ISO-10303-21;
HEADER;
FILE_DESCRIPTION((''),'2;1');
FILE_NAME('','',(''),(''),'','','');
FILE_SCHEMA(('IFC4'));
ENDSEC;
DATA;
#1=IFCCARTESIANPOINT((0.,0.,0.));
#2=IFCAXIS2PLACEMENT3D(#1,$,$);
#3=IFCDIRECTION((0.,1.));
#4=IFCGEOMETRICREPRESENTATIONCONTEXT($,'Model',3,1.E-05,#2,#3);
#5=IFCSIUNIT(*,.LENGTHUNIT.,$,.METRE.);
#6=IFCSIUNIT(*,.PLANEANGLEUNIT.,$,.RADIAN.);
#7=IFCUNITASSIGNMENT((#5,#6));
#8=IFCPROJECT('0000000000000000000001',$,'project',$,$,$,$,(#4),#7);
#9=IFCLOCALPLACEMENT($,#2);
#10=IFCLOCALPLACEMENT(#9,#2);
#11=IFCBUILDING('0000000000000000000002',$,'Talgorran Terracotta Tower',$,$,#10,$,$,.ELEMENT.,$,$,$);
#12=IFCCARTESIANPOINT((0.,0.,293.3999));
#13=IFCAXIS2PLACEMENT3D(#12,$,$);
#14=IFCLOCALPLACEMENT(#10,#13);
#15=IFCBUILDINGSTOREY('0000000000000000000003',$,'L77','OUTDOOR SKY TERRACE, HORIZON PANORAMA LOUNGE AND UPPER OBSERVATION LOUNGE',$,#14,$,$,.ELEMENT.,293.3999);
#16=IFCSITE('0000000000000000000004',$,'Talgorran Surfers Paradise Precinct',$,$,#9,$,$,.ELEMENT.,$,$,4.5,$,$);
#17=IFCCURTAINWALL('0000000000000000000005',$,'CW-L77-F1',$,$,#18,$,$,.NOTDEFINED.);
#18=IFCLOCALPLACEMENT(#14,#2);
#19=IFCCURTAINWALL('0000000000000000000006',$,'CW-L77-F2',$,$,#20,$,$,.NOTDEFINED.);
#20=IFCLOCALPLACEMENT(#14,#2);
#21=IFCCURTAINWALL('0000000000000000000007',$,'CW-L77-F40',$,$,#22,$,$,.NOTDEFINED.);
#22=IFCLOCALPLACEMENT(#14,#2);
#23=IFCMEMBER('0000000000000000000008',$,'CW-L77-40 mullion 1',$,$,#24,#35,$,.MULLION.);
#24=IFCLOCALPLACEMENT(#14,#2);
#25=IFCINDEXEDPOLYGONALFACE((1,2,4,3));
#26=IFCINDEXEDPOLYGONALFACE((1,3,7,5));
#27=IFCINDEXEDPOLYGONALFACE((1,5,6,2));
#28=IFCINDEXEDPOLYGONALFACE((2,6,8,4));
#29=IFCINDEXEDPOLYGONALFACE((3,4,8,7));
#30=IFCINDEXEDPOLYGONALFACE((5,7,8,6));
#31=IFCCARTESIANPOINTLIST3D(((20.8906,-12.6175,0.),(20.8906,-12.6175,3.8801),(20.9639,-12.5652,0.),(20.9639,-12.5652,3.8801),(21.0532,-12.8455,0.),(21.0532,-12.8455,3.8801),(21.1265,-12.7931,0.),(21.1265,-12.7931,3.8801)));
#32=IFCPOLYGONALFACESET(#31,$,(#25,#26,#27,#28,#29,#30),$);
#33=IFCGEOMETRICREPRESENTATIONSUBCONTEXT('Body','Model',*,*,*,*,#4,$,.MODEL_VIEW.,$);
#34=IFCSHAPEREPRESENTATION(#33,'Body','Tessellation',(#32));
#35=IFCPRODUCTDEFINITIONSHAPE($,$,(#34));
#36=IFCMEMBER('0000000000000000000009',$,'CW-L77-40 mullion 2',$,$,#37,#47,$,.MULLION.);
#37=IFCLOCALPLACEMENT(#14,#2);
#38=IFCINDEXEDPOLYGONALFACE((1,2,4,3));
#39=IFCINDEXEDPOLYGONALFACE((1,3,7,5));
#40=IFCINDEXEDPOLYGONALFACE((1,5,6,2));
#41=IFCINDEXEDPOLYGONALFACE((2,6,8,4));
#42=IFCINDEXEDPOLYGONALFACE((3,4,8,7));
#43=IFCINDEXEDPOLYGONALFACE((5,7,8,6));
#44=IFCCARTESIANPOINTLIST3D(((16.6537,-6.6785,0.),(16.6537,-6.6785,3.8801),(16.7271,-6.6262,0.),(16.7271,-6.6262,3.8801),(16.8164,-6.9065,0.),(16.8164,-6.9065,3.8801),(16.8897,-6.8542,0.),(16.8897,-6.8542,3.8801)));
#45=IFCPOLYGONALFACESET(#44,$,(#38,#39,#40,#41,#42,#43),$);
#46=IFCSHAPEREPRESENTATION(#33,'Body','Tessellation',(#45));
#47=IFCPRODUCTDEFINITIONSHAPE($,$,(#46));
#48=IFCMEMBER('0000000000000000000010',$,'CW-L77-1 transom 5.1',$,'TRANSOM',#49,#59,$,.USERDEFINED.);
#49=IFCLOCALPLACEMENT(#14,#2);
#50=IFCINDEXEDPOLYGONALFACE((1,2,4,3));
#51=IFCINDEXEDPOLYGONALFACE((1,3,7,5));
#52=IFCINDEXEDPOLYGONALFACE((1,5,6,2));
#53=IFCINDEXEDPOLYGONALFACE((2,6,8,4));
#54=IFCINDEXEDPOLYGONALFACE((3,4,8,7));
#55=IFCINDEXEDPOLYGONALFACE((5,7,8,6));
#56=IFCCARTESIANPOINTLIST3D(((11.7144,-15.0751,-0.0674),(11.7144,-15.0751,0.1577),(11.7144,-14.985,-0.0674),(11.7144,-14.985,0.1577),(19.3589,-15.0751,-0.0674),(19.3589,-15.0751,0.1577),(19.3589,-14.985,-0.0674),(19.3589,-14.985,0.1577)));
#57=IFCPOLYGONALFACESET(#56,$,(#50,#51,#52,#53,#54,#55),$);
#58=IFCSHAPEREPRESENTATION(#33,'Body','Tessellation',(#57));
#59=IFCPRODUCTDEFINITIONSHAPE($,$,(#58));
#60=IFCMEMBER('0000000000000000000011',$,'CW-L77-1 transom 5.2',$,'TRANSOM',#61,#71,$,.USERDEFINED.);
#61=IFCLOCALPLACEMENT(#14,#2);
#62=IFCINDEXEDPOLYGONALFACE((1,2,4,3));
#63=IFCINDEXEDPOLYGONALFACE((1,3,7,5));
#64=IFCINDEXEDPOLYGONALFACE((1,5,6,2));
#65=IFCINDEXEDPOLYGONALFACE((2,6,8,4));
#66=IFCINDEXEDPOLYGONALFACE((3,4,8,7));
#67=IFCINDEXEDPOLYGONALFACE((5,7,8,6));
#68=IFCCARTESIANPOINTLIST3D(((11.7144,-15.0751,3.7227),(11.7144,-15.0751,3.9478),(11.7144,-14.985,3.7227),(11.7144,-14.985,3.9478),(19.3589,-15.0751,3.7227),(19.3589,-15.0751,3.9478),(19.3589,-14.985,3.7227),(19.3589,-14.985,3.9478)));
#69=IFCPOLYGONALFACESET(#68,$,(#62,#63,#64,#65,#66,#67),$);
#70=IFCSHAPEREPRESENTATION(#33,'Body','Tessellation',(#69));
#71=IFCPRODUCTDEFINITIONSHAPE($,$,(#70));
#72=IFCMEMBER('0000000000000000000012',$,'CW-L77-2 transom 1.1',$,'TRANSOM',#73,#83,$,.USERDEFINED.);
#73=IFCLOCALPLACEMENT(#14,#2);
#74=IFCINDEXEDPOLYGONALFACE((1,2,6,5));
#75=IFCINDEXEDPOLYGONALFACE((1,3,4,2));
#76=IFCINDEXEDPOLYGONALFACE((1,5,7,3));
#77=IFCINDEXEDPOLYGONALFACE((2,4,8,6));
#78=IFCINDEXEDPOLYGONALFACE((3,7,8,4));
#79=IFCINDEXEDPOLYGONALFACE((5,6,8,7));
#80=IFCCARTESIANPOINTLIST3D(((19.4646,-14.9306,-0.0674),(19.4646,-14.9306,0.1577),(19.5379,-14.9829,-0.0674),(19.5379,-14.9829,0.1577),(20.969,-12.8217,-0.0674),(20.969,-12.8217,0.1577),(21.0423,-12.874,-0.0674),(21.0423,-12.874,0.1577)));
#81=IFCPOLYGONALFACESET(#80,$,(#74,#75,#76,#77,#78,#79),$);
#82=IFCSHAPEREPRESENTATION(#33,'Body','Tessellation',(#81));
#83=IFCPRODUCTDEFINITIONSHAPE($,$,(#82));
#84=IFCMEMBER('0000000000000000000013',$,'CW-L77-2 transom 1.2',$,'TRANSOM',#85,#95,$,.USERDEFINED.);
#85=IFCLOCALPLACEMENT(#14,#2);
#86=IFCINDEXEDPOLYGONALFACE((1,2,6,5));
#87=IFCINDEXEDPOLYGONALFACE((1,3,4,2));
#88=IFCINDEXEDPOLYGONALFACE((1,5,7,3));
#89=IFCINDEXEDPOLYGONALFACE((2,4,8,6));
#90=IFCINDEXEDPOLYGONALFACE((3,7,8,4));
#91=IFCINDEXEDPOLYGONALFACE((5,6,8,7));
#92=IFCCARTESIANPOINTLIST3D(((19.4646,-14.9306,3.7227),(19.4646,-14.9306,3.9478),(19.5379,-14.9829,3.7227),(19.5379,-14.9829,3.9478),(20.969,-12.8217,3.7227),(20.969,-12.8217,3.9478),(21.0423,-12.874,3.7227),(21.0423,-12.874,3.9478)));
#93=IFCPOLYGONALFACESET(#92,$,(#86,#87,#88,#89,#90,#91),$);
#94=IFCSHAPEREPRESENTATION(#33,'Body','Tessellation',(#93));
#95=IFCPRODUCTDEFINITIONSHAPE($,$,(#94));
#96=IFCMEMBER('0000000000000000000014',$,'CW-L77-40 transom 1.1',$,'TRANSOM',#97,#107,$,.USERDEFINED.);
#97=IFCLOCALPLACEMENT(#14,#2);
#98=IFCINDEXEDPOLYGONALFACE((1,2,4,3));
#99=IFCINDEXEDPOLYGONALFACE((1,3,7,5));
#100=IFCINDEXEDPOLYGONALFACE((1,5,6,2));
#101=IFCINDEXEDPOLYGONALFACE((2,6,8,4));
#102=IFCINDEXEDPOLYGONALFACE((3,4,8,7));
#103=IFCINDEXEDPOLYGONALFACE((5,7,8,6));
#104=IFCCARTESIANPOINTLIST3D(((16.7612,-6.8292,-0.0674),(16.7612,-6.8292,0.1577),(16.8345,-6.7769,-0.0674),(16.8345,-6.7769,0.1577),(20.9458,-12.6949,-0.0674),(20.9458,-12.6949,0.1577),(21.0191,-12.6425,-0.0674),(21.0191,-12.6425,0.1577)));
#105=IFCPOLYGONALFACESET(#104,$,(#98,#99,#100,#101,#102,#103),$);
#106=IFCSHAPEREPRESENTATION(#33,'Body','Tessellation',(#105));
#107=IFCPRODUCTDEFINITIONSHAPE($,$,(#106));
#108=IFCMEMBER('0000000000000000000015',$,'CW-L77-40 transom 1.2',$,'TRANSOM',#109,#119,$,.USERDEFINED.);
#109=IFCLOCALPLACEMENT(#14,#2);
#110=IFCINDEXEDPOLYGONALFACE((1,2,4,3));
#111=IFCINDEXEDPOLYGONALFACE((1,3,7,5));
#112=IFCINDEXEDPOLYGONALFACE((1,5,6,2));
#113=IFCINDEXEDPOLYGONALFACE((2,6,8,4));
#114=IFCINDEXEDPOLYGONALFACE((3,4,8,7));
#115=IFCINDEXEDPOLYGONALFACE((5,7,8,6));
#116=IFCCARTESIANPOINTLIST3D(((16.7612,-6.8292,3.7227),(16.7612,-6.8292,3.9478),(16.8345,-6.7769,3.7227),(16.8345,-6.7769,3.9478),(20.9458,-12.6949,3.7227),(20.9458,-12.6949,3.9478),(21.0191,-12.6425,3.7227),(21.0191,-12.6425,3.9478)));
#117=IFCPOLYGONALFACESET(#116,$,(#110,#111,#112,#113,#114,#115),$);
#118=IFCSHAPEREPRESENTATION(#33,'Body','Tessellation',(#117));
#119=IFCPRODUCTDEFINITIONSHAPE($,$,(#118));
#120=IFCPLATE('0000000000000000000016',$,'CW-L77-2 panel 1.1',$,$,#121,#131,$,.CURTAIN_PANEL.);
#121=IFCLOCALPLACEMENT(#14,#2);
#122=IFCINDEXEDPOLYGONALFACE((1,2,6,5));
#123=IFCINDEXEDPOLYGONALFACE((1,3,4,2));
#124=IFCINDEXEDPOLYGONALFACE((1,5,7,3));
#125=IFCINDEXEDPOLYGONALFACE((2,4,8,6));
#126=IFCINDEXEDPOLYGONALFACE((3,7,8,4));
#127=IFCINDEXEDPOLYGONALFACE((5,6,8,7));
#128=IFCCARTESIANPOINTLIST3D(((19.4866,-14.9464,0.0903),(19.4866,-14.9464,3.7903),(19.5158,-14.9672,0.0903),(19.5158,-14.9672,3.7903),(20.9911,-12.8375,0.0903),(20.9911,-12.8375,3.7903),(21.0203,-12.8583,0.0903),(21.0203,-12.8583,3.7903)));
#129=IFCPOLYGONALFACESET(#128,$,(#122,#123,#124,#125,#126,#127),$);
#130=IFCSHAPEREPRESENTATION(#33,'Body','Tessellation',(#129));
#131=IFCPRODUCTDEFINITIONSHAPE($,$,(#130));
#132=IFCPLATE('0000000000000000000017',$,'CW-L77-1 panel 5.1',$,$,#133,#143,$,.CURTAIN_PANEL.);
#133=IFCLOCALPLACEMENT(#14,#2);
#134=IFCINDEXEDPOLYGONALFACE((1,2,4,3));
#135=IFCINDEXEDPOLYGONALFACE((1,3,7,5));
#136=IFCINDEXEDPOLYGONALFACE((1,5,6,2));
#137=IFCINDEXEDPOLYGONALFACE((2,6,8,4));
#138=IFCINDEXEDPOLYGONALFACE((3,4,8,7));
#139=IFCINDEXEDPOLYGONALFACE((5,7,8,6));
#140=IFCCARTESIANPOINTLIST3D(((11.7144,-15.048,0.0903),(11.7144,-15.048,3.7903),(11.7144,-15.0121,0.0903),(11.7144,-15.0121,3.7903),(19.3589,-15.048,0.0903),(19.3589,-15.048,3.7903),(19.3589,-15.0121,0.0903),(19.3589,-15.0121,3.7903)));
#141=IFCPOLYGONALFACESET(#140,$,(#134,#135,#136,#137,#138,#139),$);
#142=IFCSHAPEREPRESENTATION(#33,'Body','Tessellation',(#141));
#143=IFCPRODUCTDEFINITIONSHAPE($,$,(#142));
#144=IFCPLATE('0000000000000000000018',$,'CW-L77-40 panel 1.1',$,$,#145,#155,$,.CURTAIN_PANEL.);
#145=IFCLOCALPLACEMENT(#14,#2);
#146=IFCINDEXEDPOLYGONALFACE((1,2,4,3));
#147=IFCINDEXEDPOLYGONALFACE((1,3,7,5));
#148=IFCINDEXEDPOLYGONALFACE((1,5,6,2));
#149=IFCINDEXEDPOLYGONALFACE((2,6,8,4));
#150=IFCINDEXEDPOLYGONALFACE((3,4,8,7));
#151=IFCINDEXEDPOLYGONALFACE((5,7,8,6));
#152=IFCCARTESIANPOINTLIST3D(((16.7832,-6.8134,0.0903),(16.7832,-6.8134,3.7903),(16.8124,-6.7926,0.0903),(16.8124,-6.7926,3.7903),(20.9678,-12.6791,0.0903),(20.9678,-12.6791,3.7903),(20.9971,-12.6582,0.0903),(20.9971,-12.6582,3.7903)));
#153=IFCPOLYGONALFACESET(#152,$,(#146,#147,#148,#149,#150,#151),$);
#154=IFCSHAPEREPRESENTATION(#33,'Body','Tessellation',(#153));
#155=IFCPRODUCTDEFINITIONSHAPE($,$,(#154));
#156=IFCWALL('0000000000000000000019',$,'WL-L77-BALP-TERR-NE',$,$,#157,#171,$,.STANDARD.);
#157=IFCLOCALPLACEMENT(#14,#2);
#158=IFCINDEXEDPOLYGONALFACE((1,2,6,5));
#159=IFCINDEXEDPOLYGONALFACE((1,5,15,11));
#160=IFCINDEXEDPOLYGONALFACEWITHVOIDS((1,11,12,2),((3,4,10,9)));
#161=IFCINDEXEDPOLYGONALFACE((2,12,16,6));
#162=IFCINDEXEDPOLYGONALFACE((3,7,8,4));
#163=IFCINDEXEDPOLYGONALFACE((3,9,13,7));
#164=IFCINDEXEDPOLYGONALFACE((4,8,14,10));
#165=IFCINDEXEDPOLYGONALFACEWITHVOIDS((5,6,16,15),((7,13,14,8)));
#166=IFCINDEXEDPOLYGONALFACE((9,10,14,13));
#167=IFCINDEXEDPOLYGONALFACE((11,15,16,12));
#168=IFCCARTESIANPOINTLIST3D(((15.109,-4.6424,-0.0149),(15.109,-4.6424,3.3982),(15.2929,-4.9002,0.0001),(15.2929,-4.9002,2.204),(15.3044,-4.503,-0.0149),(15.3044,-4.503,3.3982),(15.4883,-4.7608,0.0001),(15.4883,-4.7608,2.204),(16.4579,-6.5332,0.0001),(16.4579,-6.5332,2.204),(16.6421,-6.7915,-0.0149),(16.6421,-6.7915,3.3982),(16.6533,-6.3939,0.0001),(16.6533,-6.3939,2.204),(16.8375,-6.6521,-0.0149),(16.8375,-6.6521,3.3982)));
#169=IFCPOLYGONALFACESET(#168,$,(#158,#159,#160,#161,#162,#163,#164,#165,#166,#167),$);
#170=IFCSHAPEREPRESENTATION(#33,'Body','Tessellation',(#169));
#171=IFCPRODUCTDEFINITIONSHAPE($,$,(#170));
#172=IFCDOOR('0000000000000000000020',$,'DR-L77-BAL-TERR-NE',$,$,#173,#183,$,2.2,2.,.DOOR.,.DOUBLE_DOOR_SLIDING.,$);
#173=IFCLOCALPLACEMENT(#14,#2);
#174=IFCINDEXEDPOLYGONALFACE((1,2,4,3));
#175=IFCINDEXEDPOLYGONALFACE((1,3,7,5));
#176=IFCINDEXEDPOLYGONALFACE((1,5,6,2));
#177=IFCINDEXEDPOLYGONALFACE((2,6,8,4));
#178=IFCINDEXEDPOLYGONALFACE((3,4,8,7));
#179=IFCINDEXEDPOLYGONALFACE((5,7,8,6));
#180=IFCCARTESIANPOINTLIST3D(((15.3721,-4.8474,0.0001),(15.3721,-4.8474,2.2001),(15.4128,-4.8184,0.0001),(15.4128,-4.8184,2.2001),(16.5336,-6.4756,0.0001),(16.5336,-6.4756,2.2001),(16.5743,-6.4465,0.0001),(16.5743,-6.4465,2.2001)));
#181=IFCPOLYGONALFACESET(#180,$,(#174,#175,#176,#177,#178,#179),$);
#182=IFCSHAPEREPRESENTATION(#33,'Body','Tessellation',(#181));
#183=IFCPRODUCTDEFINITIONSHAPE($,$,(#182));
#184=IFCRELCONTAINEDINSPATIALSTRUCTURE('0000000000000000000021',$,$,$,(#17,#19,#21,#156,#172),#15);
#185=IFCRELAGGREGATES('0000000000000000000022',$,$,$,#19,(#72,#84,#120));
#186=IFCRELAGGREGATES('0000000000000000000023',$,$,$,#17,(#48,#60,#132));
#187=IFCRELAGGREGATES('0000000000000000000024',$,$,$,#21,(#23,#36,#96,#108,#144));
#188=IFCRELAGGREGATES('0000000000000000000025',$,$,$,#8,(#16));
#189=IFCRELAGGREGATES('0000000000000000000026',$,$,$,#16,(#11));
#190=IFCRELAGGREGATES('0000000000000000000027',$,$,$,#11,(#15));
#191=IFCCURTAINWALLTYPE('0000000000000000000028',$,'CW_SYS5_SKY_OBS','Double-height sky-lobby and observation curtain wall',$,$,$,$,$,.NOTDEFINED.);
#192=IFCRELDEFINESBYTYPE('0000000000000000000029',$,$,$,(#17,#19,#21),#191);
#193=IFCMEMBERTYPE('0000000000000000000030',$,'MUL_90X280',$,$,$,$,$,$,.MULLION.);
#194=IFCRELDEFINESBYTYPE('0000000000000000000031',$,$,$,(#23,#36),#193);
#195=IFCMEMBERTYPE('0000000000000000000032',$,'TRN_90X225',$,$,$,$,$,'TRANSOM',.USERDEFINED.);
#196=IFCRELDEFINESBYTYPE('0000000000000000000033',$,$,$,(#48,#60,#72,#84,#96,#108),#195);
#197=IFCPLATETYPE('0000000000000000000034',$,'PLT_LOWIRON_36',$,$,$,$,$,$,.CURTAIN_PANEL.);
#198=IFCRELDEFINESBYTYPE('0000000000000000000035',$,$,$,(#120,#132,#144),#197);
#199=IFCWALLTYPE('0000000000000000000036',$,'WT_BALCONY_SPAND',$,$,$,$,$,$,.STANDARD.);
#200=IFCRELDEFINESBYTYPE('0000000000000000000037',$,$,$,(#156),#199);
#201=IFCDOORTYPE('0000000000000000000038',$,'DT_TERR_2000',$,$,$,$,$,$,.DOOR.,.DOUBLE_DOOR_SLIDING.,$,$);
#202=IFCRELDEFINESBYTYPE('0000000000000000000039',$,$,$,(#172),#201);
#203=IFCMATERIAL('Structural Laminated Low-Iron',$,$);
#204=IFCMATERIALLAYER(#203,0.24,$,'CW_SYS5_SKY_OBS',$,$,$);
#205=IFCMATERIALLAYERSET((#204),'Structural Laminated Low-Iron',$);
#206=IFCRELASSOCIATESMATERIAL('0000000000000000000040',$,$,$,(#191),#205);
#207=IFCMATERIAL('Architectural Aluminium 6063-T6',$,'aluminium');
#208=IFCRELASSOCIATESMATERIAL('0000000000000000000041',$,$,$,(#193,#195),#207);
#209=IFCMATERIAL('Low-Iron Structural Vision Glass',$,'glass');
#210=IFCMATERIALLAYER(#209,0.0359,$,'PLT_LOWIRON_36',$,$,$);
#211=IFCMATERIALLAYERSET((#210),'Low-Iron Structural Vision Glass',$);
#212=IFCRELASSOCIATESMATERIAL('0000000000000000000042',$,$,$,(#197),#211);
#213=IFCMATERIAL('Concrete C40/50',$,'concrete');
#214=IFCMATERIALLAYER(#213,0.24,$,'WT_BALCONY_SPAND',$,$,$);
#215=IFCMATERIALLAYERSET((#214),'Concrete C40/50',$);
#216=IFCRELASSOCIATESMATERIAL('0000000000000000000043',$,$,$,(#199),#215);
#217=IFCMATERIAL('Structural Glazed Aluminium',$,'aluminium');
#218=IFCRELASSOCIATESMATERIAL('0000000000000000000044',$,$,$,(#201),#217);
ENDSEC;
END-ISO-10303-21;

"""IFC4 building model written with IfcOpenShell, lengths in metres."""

from ifc_helpers import new_model, si_unit, direction, frame, frame_2d, origin, origin_2d, place, context, subcontext, project, spatial, rectangle, extrude, source, transform, mapped, material, layer, layer_set, material_profile, profile_set, type_object, type_shapes, element, fill, aggregate, save


model = new_model("IFC4")

# Units and contexts
model_context = context("Model", 3, precision=1e-05, world=origin(), true_north=direction((0.0, 1.0)))
body_context = subcontext(model_context, "Body", "Model", "MODEL_VIEW")
ifc_project = project(units=[si_unit("LENGTHUNIT", "METRE"), si_unit("PLANEANGLEUNIT", "RADIAN")], contexts=[model_context])

# Site, building, storey
site_placement = place(None, origin())
site = spatial("IfcSite", under=ifc_project, at=site_placement, Name="Talgorran Surfers Paradise Precinct", CompositionType="ELEMENT", RefElevation=4.5)
building_placement = place(site_placement, origin())
building = spatial("IfcBuilding", under=site, at=building_placement, Name="Talgorran Terracotta Tower", CompositionType="ELEMENT")
storey_placement = place(building_placement, frame((0.0, 0.0, 293.3999)))
storey = spatial("IfcBuildingStorey", under=building, at=storey_placement, Name="L77", Description="OUTDOOR SKY TERRACE, HORIZON PANORAMA LOUNGE AND UPPER OBSERVATION LOUNGE", CompositionType="ELEMENT", Elevation=293.3999)

# Curtain wall
ifc_material_1 = material(Name="Structural Laminated Low-Iron")
ifc_layer_1 = layer(ifc_material_1, 0.24, Name="CW_SYS5_SKY_OBS")
ifc_layer_set_1 = layer_set([ifc_layer_1], Name="Structural Laminated Low-Iron")
curtain_wall_type = type_object("IfcCurtainWallType", Name="CW_SYS5_SKY_OBS", Description="Double-height sky-lobby and observation curtain wall", PredefinedType="NOTDEFINED", material=ifc_layer_set_1)
curtain_wall_1_placement = place(storey_placement, origin())
curtain_wall_1 = element("IfcCurtainWall", 1, at=curtain_wall_1_placement, inside=storey, type_object=curtain_wall_type, Name="CW-L77-F1", PredefinedType="NOTDEFINED")
ifc_material_2 = material(Name="Architectural Aluminium 6063-T6", Category="aluminium")
ifc_material_profile_1 = material_profile(ifc_material_2, rectangle(XDim=0.0901, YDim=0.28, at=origin_2d()), Name="CWM90X280")
ifc_profile_set_1 = profile_set([ifc_material_profile_1], Name="Architectural Aluminium 6063-T6")
member_type_1 = type_object("IfcMemberType", Name="MUL_90X280", PredefinedType="MULLION", material=ifc_profile_set_1)

# Curtain walls, members
curtain_wall_2_placement = place(storey_placement, origin())
curtain_wall_2 = element("IfcCurtainWall", 2, at=curtain_wall_2_placement, inside=storey, type_object=curtain_wall_type, Name="CW-L77-F2", PredefinedType="NOTDEFINED")
curtain_wall_3_placement = place(storey_placement, origin())
curtain_wall_3 = element("IfcCurtainWall", 3, at=curtain_wall_3_placement, inside=storey, type_object=curtain_wall_type, Name="CW-L77-F40", PredefinedType="NOTDEFINED")
member_1_placement = place(storey_placement, frame((21.0085, -12.7053, 0.0), z_axis=(0.0, 0.0, 1.0), x_axis=(-0.814068, -0.580769, 0.0)))
member_1 = element("IfcMember", 4, at=member_1_placement, type_object=member_type_1, Name="CW-L77-40 mullion 1", PredefinedType="MULLION", context=body_context, shape_type="SweptSolid", body=[
    extrude(rectangle(XDim=0.0901, YDim=0.28, at=origin_2d()), origin(), (0.0, 0.0, 1.0), 3.8801),
])
member_2_placement = place(storey_placement, frame((16.7717, -6.7664, 0.0), z_axis=(0.0, 0.0, 1.0), x_axis=(-0.814068, -0.580769, 0.0)))
member_2 = element("IfcMember", 5, at=member_2_placement, type_object=member_type_1, Name="CW-L77-40 mullion 2", PredefinedType="MULLION", context=body_context, shape_type="SweptSolid", body=[
    extrude(rectangle(XDim=0.0901, YDim=0.28, at=origin_2d()), origin(), (0.0, 0.0, 1.0), 3.8801),
])

# Members
ifc_material_profile_2 = material_profile(ifc_material_2, rectangle(XDim=0.0901, YDim=0.2251, at=origin_2d()), Name="CWT90X225")
ifc_profile_set_2 = profile_set([ifc_material_profile_2], Name="Architectural Aluminium 6063-T6")
member_type_2 = type_object("IfcMemberType", Name="TRN_90X225", ElementType="TRANSOM", PredefinedType="USERDEFINED", material=ifc_profile_set_2)
member_3_placement = place(storey_placement, frame((11.7144, -15.03, 0.0452), z_axis=(1.0, 0.0, 0.0), x_axis=(0.0, 1.0, 0.0)))
member_3 = element("IfcMember", 6, at=member_3_placement, type_object=member_type_2, Name="CW-L77-1 transom 5.1", ObjectType="TRANSOM", PredefinedType="USERDEFINED", context=body_context, shape_type="SweptSolid", body=[
    extrude(rectangle(XDim=0.0901, YDim=0.2251, at=origin_2d()), origin(), (0.0, 0.0, 1.0), 7.6445),
])
member_4_placement = place(storey_placement, frame((11.7144, -15.03, 3.8352), z_axis=(1.0, 0.0, 0.0), x_axis=(0.0, 1.0, 0.0)))
member_4 = element("IfcMember", 7, at=member_4_placement, type_object=member_type_2, Name="CW-L77-1 transom 5.2", ObjectType="TRANSOM", PredefinedType="USERDEFINED", context=body_context, shape_type="SweptSolid", body=[
    extrude(rectangle(XDim=0.0901, YDim=0.2251, at=origin_2d()), origin(), (0.0, 0.0, 1.0), 7.6445),
])
member_5_placement = place(storey_placement, frame((19.5012, -14.9568, 0.0452), z_axis=(0.580739, 0.81409, 0.0), x_axis=(-0.81409, 0.580739, 0.0)))
member_5 = element("IfcMember", 8, at=member_5_placement, type_object=member_type_2, Name="CW-L77-2 transom 1.1", ObjectType="TRANSOM", PredefinedType="USERDEFINED", context=body_context, shape_type="SweptSolid", body=[
    extrude(rectangle(XDim=0.0901, YDim=0.2251, at=origin_2d()), origin(), (0.0, 0.0, 1.0), 2.5906),
])
member_6_placement = place(storey_placement, frame((19.5012, -14.9568, 3.8352), z_axis=(0.580739, 0.81409, 0.0), x_axis=(-0.81409, 0.580739, 0.0)))
member_6 = element("IfcMember", 9, at=member_6_placement, type_object=member_type_2, Name="CW-L77-2 transom 1.2", ObjectType="TRANSOM", PredefinedType="USERDEFINED", context=body_context, shape_type="SweptSolid", body=[
    extrude(rectangle(XDim=0.0901, YDim=0.2251, at=origin_2d()), origin(), (0.0, 0.0, 1.0), 2.5906),
])
member_7_placement = place(storey_placement, frame((20.9824, -12.6687, 0.0452), z_axis=(-0.580757, 0.814077, 0.0), x_axis=(-0.814077, -0.580757, 0.0)))
member_7 = element("IfcMember", 10, at=member_7_placement, type_object=member_type_2, Name="CW-L77-40 transom 1.1", ObjectType="TRANSOM", PredefinedType="USERDEFINED", context=body_context, shape_type="SweptSolid", body=[
    extrude(rectangle(XDim=0.0901, YDim=0.2251, at=origin_2d()), origin(), (0.0, 0.0, 1.0), 7.2053),
])
member_8_placement = place(storey_placement, frame((20.9824, -12.6687, 3.8352), z_axis=(-0.580757, 0.814077, 0.0), x_axis=(-0.814077, -0.580757, 0.0)))
member_8 = element("IfcMember", 11, at=member_8_placement, type_object=member_type_2, Name="CW-L77-40 transom 1.2", ObjectType="TRANSOM", PredefinedType="USERDEFINED", context=body_context, shape_type="SweptSolid", body=[
    extrude(rectangle(XDim=0.0901, YDim=0.2251, at=origin_2d()), origin(), (0.0, 0.0, 1.0), 7.2053),
])

# Plates
ifc_material_3 = material(Name="Low-Iron Structural Vision Glass", Category="glass")
ifc_layer_2 = layer(ifc_material_3, 0.0359, Name="PLT_LOWIRON_36")
ifc_layer_set_2 = layer_set([ifc_layer_2], Name="Low-Iron Structural Vision Glass")
plate_type = type_object("IfcPlateType", Name="PLT_LOWIRON_36", PredefinedType="CURTAIN_PANEL", material=ifc_layer_set_2)
shared_shape_1 = source(origin(), body_context, "Body", "SweptSolid", [
    extrude(rectangle(XDim=2.5906, YDim=0.0359, at=origin_2d()), origin(), (0.0, 0.0, 1.0), 3.7),
])
plate_1_placement = place(storey_placement, frame((20.2534, -13.9023, 0.0903), z_axis=(0.0, 0.0, 1.0), x_axis=(0.58076, 0.814075, 0.0)))
plate_1 = element("IfcPlate", 12, at=plate_1_placement, type_object=plate_type, Name="CW-L77-2 panel 1.1", PredefinedType="CURTAIN_PANEL", context=body_context, shape_type="MappedRepresentation", body=[
    mapped(shared_shape_1, transform((0.0, 0.0, 0.0), scale=1.0)),
])
aggregate(curtain_wall_2, [member_5, member_6, plate_1])
shared_shape_2 = source(origin(), body_context, "Body", "SweptSolid", [
    extrude(rectangle(XDim=7.6445, YDim=0.0359, at=origin_2d()), origin(), (0.0, 0.0, 1.0), 3.7),
])
plate_2_placement = place(storey_placement, frame((15.5366, -15.03, 0.0903), z_axis=(0.0, 0.0, 1.0), x_axis=(1.0, 0.0, 0.0)))
plate_2 = element("IfcPlate", 13, at=plate_2_placement, type_object=plate_type, Name="CW-L77-1 panel 5.1", PredefinedType="CURTAIN_PANEL", context=body_context, shape_type="MappedRepresentation", body=[
    mapped(shared_shape_2, transform((0.0, 0.0, 0.0), scale=1.0)),
])
aggregate(curtain_wall_1, [member_3, member_4, plate_2])
shared_shape_3 = source(origin(), body_context, "Body", "SweptSolid", [
    extrude(rectangle(XDim=7.2053, YDim=0.0359, at=origin_2d()), origin(), (0.0, 0.0, 1.0), 3.7),
])
type_shapes(plate_type, [shared_shape_1, shared_shape_2, shared_shape_3])
plate_3_placement = place(storey_placement, frame((18.8901, -9.7358, 0.0903), z_axis=(0.0, 0.0, 1.0), x_axis=(-0.580769, 0.814068, 0.0)))
plate_3 = element("IfcPlate", 14, at=plate_3_placement, type_object=plate_type, Name="CW-L77-40 panel 1.1", PredefinedType="CURTAIN_PANEL", context=body_context, shape_type="MappedRepresentation", body=[
    mapped(shared_shape_3, transform((0.0, 0.0, 0.0), scale=1.0)),
])
aggregate(curtain_wall_3, [member_1, member_2, member_7, member_8, plate_3])

# Wall, opening, door
ifc_material_4 = material(Name="Concrete C40/50", Category="concrete")
ifc_layer_3 = layer(ifc_material_4, 0.24, Name="WT_BALCONY_SPAND")
ifc_layer_set_3 = layer_set([ifc_layer_3], Name="Concrete C40/50")
wall_type_1 = type_object("IfcWallType", Name="WT_BALCONY_SPAND", PredefinedType="STANDARD", material=ifc_layer_set_3)
wall_1_placement = place(storey_placement, frame((16.7397, -6.7217, -0.0149), z_axis=(0.0, 0.0, 1.0), x_axis=(-0.580757, 0.814077, 0.0)))
wall_1 = element("IfcWall", 15, at=wall_1_placement, inside=storey, type_object=wall_type_1, Name="WL-L77-BALP-TERR-NE", PredefinedType="STANDARD", context=body_context, shape_type="SweptSolid", body=[
    extrude(rectangle(XDim=2.6399, YDim=0.24, at=frame_2d((1.3198, 0.0))), origin(), (0.0, 0.0, 1.0), 3.4131),
])
opening_placement = place(wall_1_placement, frame((0.3201, 0.0, 0.0149)))
opening = element("IfcOpeningElement", 16, at=opening_placement, cuts=wall_1, PredefinedType="OPENING", context=body_context, shape_type="SweptSolid", body=[
    extrude(rectangle(XDim=2.006, YDim=2.204, at=frame_2d((1.0, 1.1021))), frame((0.0, 0.1299, 0.0), z_axis=(0.0, -1.0, 0.0), x_axis=(1.0, 0.0, 0.0)), (0.0, 0.0, 1.0), 0.26),
])
ifc_material_5 = material(Name="Structural Glazed Aluminium", Category="aluminium")
door_type = type_object("IfcDoorType", Name="DT_TERR_2000", OperationType="DOUBLE_DOOR_SLIDING", PredefinedType="DOOR", material=ifc_material_5)
door_placement = place(opening_placement, origin())
door = element("IfcDoor", 17, at=door_placement, inside=storey, type_object=door_type, Name="DR-L77-BAL-TERR-NE", OperationType="DOUBLE_DOOR_SLIDING", OverallHeight=2.2, OverallWidth=2.0, PredefinedType="DOOR", context=body_context, shape_type="SweptSolid", body=[
    extrude(rectangle(XDim=2.0, YDim=2.2, at=frame_2d((1.0, 1.1001))), frame((0.0, 0.0249, 0.0), z_axis=(0.0, -1.0, 0.0), x_axis=(1.0, 0.0, 0.0)), (0.0, 0.0, 1.0), 0.05),
])
fill(opening, door)

save(model, "model.ifc")
